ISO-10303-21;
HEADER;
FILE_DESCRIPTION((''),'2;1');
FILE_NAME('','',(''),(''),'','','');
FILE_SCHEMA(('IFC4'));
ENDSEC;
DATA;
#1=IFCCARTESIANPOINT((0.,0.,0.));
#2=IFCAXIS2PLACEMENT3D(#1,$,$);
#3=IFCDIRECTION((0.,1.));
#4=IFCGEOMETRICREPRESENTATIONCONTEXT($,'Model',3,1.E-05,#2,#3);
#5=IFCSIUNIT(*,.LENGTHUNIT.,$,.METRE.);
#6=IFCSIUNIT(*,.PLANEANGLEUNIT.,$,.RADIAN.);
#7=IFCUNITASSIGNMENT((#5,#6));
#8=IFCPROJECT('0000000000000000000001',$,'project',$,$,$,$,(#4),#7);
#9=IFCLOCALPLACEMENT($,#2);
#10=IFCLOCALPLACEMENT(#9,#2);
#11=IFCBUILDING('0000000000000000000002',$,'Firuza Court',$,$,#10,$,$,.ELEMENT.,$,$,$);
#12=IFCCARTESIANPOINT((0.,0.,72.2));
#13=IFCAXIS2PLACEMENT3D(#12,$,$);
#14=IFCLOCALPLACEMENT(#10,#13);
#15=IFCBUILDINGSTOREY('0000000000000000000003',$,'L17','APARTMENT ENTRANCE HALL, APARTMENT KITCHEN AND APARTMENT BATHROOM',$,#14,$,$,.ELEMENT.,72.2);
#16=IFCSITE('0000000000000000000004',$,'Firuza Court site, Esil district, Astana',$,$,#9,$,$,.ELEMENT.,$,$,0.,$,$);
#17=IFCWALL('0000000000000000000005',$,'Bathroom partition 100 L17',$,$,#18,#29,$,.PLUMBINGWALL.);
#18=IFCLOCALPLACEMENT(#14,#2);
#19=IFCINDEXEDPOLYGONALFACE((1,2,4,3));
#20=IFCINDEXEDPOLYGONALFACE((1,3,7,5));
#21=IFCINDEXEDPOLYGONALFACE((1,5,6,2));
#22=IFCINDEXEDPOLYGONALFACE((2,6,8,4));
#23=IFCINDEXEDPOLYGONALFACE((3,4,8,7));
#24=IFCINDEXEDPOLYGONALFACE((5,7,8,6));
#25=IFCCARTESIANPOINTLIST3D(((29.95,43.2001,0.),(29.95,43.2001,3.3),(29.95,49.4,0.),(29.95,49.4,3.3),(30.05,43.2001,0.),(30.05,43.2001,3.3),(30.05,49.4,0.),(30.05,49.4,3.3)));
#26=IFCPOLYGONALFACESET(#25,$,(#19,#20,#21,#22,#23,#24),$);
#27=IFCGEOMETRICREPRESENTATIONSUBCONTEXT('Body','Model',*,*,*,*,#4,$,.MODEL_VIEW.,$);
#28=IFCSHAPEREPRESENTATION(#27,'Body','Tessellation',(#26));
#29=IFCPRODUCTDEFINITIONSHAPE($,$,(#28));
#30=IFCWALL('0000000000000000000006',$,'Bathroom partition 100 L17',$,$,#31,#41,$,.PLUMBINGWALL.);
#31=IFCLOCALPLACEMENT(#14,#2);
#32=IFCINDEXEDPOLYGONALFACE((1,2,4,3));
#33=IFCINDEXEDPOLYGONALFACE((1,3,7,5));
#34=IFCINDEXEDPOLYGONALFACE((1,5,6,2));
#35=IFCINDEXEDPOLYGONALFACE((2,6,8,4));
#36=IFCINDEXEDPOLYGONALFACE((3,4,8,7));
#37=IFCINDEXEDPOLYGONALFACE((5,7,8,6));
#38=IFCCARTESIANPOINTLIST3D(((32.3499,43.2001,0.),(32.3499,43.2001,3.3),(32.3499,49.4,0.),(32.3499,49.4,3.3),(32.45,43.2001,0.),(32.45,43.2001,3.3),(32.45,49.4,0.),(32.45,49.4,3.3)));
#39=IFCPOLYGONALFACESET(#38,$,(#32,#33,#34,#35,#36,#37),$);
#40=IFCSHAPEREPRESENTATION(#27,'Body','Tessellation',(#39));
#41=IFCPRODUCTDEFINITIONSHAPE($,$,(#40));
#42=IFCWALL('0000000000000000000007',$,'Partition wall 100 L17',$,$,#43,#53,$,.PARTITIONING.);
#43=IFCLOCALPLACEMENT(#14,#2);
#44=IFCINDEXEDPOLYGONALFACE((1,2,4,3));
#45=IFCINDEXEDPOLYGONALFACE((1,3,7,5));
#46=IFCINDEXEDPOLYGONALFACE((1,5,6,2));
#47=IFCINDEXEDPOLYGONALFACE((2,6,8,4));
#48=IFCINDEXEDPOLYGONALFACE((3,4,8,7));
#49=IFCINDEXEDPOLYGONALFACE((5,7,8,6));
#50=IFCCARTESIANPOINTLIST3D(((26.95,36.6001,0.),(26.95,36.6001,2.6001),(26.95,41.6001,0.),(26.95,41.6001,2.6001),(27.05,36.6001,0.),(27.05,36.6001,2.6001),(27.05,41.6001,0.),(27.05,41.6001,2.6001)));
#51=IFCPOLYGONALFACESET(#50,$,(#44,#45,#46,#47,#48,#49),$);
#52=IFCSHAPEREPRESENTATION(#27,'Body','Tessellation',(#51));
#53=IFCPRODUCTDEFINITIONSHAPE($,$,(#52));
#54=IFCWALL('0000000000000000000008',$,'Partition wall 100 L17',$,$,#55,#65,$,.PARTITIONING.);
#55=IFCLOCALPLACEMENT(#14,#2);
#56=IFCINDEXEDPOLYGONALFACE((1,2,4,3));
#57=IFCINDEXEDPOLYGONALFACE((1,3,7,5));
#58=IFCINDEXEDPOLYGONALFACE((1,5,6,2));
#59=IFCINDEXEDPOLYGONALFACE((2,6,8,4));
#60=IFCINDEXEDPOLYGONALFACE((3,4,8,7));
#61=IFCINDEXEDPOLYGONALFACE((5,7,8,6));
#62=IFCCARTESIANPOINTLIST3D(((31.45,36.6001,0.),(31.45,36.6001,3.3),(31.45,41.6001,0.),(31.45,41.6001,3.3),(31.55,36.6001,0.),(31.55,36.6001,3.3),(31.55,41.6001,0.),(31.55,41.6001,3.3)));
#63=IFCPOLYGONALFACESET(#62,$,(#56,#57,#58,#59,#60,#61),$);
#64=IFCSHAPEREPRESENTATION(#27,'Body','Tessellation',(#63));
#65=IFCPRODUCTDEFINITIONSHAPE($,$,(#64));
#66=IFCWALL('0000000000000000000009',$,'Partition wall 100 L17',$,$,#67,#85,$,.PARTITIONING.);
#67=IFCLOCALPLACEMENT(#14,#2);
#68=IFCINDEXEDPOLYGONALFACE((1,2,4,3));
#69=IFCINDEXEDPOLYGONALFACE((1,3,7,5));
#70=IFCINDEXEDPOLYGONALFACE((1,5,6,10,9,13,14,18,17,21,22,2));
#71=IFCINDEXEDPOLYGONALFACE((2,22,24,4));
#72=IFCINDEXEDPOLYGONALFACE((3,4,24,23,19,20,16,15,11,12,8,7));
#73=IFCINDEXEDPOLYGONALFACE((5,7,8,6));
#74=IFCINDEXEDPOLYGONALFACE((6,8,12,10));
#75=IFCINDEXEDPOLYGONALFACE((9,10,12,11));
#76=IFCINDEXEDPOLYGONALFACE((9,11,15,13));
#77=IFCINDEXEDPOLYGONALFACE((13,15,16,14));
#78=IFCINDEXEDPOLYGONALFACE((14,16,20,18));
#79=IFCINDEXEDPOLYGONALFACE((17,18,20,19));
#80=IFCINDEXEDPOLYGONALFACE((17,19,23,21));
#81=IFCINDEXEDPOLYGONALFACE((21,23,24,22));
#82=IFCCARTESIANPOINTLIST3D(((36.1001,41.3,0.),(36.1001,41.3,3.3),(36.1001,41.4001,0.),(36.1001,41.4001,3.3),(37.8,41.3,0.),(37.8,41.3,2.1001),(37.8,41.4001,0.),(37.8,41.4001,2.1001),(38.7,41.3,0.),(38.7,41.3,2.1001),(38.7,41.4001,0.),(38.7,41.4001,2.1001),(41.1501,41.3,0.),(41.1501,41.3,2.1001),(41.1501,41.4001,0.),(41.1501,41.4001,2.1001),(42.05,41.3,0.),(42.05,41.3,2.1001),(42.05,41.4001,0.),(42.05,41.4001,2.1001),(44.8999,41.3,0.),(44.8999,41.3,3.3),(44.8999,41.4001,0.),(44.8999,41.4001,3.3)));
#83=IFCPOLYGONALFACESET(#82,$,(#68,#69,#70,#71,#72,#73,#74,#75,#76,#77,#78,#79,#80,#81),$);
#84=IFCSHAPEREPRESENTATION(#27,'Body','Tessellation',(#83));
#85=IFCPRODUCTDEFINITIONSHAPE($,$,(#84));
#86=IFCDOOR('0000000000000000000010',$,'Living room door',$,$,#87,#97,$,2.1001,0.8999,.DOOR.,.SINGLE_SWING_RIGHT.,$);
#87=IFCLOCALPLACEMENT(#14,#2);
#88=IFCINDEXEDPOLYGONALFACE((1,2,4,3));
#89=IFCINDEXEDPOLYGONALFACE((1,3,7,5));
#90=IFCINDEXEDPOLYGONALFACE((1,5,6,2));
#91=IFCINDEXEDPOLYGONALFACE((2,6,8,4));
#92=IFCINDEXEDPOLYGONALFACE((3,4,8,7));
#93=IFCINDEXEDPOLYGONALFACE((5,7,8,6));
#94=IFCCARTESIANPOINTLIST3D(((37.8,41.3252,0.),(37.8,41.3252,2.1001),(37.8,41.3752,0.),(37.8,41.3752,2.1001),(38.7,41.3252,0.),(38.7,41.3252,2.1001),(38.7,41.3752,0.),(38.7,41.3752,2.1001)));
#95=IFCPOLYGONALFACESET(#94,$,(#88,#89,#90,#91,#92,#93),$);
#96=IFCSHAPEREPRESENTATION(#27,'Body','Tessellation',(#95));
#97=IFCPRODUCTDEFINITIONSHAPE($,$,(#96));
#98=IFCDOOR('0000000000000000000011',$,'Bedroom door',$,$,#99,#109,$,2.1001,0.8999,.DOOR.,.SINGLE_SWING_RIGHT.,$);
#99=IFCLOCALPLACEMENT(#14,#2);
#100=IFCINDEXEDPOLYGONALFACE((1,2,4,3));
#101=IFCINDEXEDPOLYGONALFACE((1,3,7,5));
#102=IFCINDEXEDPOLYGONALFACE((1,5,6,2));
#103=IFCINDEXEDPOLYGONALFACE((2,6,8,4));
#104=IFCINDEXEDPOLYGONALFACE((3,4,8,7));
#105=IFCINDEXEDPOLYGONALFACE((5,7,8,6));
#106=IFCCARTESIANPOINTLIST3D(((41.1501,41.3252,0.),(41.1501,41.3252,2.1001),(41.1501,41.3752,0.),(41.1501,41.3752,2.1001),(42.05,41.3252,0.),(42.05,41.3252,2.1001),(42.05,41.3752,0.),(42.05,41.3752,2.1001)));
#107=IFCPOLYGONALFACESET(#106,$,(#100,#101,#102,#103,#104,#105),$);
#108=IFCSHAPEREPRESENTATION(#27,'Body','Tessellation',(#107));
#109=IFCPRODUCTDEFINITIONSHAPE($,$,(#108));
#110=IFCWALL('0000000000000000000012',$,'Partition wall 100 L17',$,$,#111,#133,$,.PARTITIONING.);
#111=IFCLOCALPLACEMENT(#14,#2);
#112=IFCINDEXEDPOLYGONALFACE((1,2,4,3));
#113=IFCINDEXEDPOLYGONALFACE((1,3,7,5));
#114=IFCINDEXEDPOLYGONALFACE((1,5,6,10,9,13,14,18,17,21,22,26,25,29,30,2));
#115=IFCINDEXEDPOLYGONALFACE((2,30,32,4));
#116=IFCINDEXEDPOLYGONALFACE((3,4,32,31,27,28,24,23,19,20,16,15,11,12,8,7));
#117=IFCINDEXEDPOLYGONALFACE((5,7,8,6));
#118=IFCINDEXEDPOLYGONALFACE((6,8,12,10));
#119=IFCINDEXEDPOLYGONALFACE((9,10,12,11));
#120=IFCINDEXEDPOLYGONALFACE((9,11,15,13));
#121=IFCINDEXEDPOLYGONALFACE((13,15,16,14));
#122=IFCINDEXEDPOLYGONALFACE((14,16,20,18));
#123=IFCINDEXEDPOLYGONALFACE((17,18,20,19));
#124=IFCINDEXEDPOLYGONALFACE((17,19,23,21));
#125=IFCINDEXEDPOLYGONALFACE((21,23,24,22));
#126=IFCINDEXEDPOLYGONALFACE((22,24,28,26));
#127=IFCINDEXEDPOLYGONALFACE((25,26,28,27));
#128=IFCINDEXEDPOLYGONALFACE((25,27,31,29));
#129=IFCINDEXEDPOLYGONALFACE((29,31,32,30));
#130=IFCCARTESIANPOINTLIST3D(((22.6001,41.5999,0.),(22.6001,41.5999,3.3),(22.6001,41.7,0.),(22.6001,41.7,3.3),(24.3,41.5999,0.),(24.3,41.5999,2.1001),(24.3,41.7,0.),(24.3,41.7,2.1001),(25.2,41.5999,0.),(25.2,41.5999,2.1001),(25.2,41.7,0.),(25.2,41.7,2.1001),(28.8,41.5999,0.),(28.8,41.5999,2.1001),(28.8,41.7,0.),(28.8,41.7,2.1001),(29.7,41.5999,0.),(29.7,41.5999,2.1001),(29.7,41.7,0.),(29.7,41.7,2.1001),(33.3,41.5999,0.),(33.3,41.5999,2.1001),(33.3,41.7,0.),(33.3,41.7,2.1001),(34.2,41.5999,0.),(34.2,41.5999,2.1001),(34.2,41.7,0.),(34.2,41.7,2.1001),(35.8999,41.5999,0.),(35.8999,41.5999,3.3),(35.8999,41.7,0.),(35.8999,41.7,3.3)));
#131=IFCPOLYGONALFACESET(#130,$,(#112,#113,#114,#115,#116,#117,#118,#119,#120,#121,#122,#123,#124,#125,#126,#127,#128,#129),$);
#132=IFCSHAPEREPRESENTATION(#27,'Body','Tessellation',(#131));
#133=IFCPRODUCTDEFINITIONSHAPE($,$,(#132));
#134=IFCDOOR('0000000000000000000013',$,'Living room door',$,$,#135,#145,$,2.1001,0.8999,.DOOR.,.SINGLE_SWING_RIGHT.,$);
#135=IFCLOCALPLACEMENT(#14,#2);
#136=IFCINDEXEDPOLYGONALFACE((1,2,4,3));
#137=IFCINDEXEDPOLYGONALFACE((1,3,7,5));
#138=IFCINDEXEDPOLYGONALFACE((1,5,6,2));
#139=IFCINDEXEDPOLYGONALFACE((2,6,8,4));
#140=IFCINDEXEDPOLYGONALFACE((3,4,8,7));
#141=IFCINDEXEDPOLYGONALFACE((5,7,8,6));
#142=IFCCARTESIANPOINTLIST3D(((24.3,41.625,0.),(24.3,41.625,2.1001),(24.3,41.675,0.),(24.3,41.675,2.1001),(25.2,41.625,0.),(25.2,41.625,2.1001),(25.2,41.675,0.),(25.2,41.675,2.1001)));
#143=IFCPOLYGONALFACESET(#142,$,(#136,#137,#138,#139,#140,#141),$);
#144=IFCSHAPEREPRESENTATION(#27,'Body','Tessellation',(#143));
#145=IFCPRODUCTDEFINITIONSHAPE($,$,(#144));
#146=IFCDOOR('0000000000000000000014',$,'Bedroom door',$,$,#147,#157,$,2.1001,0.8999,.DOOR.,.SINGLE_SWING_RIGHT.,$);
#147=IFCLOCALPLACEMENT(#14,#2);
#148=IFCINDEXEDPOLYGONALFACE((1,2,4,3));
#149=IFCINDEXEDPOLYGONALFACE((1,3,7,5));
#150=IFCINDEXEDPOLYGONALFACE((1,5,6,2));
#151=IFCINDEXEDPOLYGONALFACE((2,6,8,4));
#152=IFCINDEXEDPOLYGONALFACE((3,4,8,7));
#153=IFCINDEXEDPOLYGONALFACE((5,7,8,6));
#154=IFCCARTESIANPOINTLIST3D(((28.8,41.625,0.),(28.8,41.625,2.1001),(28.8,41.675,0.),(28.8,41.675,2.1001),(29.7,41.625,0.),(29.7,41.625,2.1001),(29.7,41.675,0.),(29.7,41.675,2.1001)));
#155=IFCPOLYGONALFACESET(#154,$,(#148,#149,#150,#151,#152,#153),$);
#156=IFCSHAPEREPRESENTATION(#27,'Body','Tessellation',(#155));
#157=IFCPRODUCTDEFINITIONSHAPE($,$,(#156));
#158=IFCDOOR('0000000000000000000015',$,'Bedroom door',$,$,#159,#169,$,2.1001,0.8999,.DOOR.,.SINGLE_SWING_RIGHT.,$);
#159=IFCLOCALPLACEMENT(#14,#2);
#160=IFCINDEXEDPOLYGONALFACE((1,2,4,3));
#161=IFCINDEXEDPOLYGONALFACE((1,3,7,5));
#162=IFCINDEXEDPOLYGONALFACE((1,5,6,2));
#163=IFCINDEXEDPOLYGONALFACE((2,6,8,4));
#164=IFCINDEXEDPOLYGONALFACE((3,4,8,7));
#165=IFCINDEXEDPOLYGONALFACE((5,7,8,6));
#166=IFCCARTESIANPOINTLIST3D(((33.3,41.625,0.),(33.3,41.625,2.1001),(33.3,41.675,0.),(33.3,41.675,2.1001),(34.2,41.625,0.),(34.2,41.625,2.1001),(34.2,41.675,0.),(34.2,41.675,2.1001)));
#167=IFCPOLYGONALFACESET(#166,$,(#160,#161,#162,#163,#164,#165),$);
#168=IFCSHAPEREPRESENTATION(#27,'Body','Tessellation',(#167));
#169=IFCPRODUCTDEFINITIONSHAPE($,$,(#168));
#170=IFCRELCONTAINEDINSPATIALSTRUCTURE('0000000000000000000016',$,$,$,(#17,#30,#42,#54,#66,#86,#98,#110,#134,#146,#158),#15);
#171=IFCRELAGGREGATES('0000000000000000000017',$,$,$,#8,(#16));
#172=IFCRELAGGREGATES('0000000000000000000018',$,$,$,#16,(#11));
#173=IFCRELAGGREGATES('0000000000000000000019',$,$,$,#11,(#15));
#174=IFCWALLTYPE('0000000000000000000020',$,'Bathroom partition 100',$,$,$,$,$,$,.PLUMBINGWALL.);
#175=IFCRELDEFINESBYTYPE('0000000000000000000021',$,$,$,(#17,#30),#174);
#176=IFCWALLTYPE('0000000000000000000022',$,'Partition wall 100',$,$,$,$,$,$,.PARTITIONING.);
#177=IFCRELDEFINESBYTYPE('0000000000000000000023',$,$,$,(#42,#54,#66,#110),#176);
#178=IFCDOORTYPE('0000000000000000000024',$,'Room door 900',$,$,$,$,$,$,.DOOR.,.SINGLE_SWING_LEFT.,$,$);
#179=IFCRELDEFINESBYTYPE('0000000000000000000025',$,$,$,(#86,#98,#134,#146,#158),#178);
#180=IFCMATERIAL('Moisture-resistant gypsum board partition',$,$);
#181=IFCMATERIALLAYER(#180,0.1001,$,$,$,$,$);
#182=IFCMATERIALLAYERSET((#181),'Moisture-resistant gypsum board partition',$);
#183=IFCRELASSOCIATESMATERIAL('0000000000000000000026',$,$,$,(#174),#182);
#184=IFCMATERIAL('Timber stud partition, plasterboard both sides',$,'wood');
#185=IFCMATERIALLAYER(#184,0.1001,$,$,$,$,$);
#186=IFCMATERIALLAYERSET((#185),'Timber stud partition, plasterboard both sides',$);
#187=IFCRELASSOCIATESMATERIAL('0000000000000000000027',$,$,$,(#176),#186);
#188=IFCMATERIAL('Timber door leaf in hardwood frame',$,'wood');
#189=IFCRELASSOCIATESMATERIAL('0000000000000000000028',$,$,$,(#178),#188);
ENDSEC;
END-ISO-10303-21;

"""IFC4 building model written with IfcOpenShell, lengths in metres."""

from ifc_helpers import new_model, si_unit, direction, frame, frame_2d, origin, place, context, subcontext, project, spatial, rectangle, extrude, material, layer, layer_set, type_object, element, fill, save


model = new_model("IFC4")

# Units and contexts
model_context = context("Model", 3, precision=1e-05, world=origin(), true_north=direction((0.0, 1.0)))
body_context = subcontext(model_context, "Body", "Model", "MODEL_VIEW")
ifc_project = project(units=[si_unit("LENGTHUNIT", "METRE"), si_unit("PLANEANGLEUNIT", "RADIAN")], contexts=[model_context])

# Site, building, storey
site_placement = place(None, origin())
site = spatial("IfcSite", under=ifc_project, at=site_placement, Name="Firuza Court site, Esil district, Astana", CompositionType="ELEMENT", RefElevation=0.0)
building_placement = place(site_placement, origin())
building = spatial("IfcBuilding", under=site, at=building_placement, Name="Firuza Court", CompositionType="ELEMENT")
storey_placement = place(building_placement, frame((0.0, 0.0, 72.2)))
storey = spatial("IfcBuildingStorey", under=building, at=storey_placement, Name="L17", Description="APARTMENT ENTRANCE HALL, APARTMENT KITCHEN AND APARTMENT BATHROOM", CompositionType="ELEMENT", Elevation=72.2)

# Walls
ifc_material_1 = material(Name="Moisture-resistant gypsum board partition")
ifc_layer_1 = layer(ifc_material_1, 0.1001)
ifc_layer_set_1 = layer_set([ifc_layer_1], Name="Moisture-resistant gypsum board partition")
wall_type_1 = type_object("IfcWallType", Name="Bathroom partition 100", PredefinedType="PLUMBINGWALL", material=ifc_layer_set_1)
for number, where, z_axis, x_axis, name in (
    (1, (30.0, 43.2, 0.0), (0.0, 0.0, 1.0), (0.0, 1.0, 0.0), "Bathroom partition 100 L17"),
    (2, (32.3999, 43.2, 0.0), (0.0, 0.0, 1.0), (0.0, 1.0, 0.0), "Bathroom partition 100 L17"),
):
    element("IfcWall", number, at=place(storey_placement, frame(where, z_axis=z_axis, x_axis=x_axis)), inside=storey, type_object=wall_type_1, Name=name, PredefinedType="PLUMBINGWALL", context=body_context, shape_type="SweptSolid", body=[
        extrude(rectangle(XDim=6.2, YDim=0.1001, at=frame_2d((3.1001, 0.0))), origin(), (0.0, 0.0, 1.0), 3.3),
    ])
ifc_material_2 = material(Name="Timber stud partition, plasterboard both sides", Category="wood")
ifc_layer_2 = layer(ifc_material_2, 0.1001)
ifc_layer_set_2 = layer_set([ifc_layer_2], Name="Timber stud partition, plasterboard both sides")
wall_type_2 = type_object("IfcWallType", Name="Partition wall 100", PredefinedType="PARTITIONING", material=ifc_layer_set_2)
wall_1_placement = place(storey_placement, frame((27.0, 36.6001, 0.0), z_axis=(0.0, 0.0, 1.0), x_axis=(0.0, 1.0, 0.0)))
element("IfcWall", 3, at=wall_1_placement, inside=storey, type_object=wall_type_2, Name="Partition wall 100 L17", PredefinedType="PARTITIONING", context=body_context, shape_type="SweptSolid", body=[
    extrude(rectangle(XDim=5.0, YDim=0.1001, at=frame_2d((2.5, 0.0))), origin(), (0.0, 0.0, 1.0), 2.6001),
])
wall_2_placement = place(storey_placement, frame((31.5, 36.6001, 0.0), z_axis=(0.0, 0.0, 1.0), x_axis=(0.0, 1.0, 0.0)))
element("IfcWall", 4, at=wall_2_placement, inside=storey, type_object=wall_type_2, Name="Partition wall 100 L17", PredefinedType="PARTITIONING", context=body_context, shape_type="SweptSolid", body=[
    extrude(rectangle(XDim=5.0, YDim=0.1001, at=frame_2d((2.5, 0.0))), origin(), (0.0, 0.0, 1.0), 3.3),
])

# Walls, openings, doors
wall_3_placement = place(storey_placement, frame((36.1001, 41.3501, 0.0), z_axis=(0.0, 0.0, 1.0), x_axis=(1.0, 0.0, 0.0)))
wall_3 = element("IfcWall", 5, at=wall_3_placement, inside=storey, type_object=wall_type_2, Name="Partition wall 100 L17", PredefinedType="PARTITIONING", context=body_context, shape_type="SweptSolid", body=[
    extrude(rectangle(XDim=8.7998, YDim=0.1001, at=frame_2d((4.3999, 0.0))), origin(), (0.0, 0.0, 1.0), 3.3),
])
opening_1_placement = place(wall_3_placement, frame((1.7, 0.0, 0.0)))
opening_1 = element("IfcOpeningElement", 6, at=opening_1_placement, cuts=wall_3, PredefinedType="OPENING", context=body_context, shape_type="SweptSolid", body=[
    extrude(rectangle(XDim=0.8999, YDim=2.1001, at=frame_2d((0.45, 1.05))), frame((0.0, 0.062, 0.0), z_axis=(0.0, -1.0, 0.0), x_axis=(1.0, 0.0, 0.0)), (0.0, 0.0, 1.0), 0.124),
])
opening_2_placement = place(wall_3_placement, frame((5.05, 0.0, 0.0)))
opening_2 = element("IfcOpeningElement", 7, at=opening_2_placement, cuts=wall_3, PredefinedType="OPENING", context=body_context, shape_type="SweptSolid", body=[
    extrude(rectangle(XDim=0.8999, YDim=2.1001, at=frame_2d((0.45, 1.05))), frame((0.0, 0.062, 0.0), z_axis=(0.0, -1.0, 0.0), x_axis=(1.0, 0.0, 0.0)), (0.0, 0.0, 1.0), 0.124),
])
ifc_material_3 = material(Name="Timber door leaf in hardwood frame", Category="wood")
door_type_1 = type_object("IfcDoorType", Name="Room door 900", OperationType="SINGLE_SWING_LEFT", PredefinedType="DOOR", material=ifc_material_3)
door_1_placement = place(opening_1_placement, frame((0.8999, 0.0, 0.0), z_axis=(0.0, 0.0, 1.0), x_axis=(-1.0, 0.0, 0.0)))
door_1 = element("IfcDoor", 8, at=door_1_placement, inside=storey, type_object=door_type_1, Name="Living room door", OperationType="SINGLE_SWING_RIGHT", OverallHeight=2.1001, OverallWidth=0.8999, PredefinedType="DOOR", context=body_context, shape_type="SweptSolid", body=[
    extrude(rectangle(XDim=0.8999, YDim=2.1001, at=frame_2d((0.45, 1.05))), frame((0.0, 0.0249, 0.0), z_axis=(0.0, -1.0, 0.0), x_axis=(1.0, 0.0, 0.0)), (0.0, 0.0, 1.0), 0.05),
])
fill(opening_1, door_1)
door_2_placement = place(opening_2_placement, frame((0.8999, 0.0, 0.0), z_axis=(0.0, 0.0, 1.0), x_axis=(-1.0, 0.0, 0.0)))
door_2 = element("IfcDoor", 9, at=door_2_placement, inside=storey, type_object=door_type_1, Name="Bedroom door", OperationType="SINGLE_SWING_RIGHT", OverallHeight=2.1001, OverallWidth=0.8999, PredefinedType="DOOR", context=body_context, shape_type="SweptSolid", body=[
    extrude(rectangle(XDim=0.8999, YDim=2.1001, at=frame_2d((0.45, 1.05))), frame((0.0, 0.0249, 0.0), z_axis=(0.0, -1.0, 0.0), x_axis=(1.0, 0.0, 0.0)), (0.0, 0.0, 1.0), 0.05),
])
fill(opening_2, door_2)
wall_4_placement = place(storey_placement, frame((22.6001, 41.6499, 0.0), z_axis=(0.0, 0.0, 1.0), x_axis=(1.0, 0.0, 0.0)))
wall_4 = element("IfcWall", 10, at=wall_4_placement, inside=storey, type_object=wall_type_2, Name="Partition wall 100 L17", PredefinedType="PARTITIONING", context=body_context, shape_type="SweptSolid", body=[
    extrude(rectangle(XDim=13.2998, YDim=0.1001, at=frame_2d((6.6499, 0.0))), origin(), (0.0, 0.0, 1.0), 3.3),
])
opening_3_placement = place(wall_4_placement, frame((1.7, 0.0, 0.0)))
opening_3 = element("IfcOpeningElement", 11, at=opening_3_placement, cuts=wall_4, PredefinedType="OPENING", context=body_context, shape_type="SweptSolid", body=[
    extrude(rectangle(XDim=0.8999, YDim=2.1001, at=frame_2d((0.45, 1.05))), frame((0.0, 0.062, 0.0), z_axis=(0.0, -1.0, 0.0), x_axis=(1.0, 0.0, 0.0)), (0.0, 0.0, 1.0), 0.124),
])
opening_4_placement = place(wall_4_placement, frame((6.2, 0.0, 0.0)))
opening_4 = element("IfcOpeningElement", 12, at=opening_4_placement, cuts=wall_4, PredefinedType="OPENING", context=body_context, shape_type="SweptSolid", body=[
    extrude(rectangle(XDim=0.8999, YDim=2.1001, at=frame_2d((0.45, 1.05))), frame((0.0, 0.062, 0.0), z_axis=(0.0, -1.0, 0.0), x_axis=(1.0, 0.0, 0.0)), (0.0, 0.0, 1.0), 0.124),
])
opening_5_placement = place(wall_4_placement, frame((10.7, 0.0, 0.0)))
opening_5 = element("IfcOpeningElement", 13, at=opening_5_placement, cuts=wall_4, PredefinedType="OPENING", context=body_context, shape_type="SweptSolid", body=[
    extrude(rectangle(XDim=0.8999, YDim=2.1001, at=frame_2d((0.45, 1.05))), frame((0.0, 0.062, 0.0), z_axis=(0.0, -1.0, 0.0), x_axis=(1.0, 0.0, 0.0)), (0.0, 0.0, 1.0), 0.124),
])
door_3_placement = place(opening_3_placement, frame((0.8999, 0.0, 0.0), z_axis=(0.0, 0.0, 1.0), x_axis=(-1.0, 0.0, 0.0)))
door_3 = element("IfcDoor", 14, at=door_3_placement, inside=storey, type_object=door_type_1, Name="Living room door", OperationType="SINGLE_SWING_RIGHT", OverallHeight=2.1001, OverallWidth=0.8999, PredefinedType="DOOR", context=body_context, shape_type="SweptSolid", body=[
    extrude(rectangle(XDim=0.8999, YDim=2.1001, at=frame_2d((0.45, 1.05))), frame((0.0, 0.0249, 0.0), z_axis=(0.0, -1.0, 0.0), x_axis=(1.0, 0.0, 0.0)), (0.0, 0.0, 1.0), 0.05),
])
fill(opening_3, door_3)
door_4_placement = place(opening_4_placement, frame((0.8999, 0.0, 0.0), z_axis=(0.0, 0.0, 1.0), x_axis=(-1.0, 0.0, 0.0)))
door_4 = element("IfcDoor", 15, at=door_4_placement, inside=storey, type_object=door_type_1, Name="Bedroom door", OperationType="SINGLE_SWING_RIGHT", OverallHeight=2.1001, OverallWidth=0.8999, PredefinedType="DOOR", context=body_context, shape_type="SweptSolid", body=[
    extrude(rectangle(XDim=0.8999, YDim=2.1001, at=frame_2d((0.45, 1.05))), frame((0.0, 0.0249, 0.0), z_axis=(0.0, -1.0, 0.0), x_axis=(1.0, 0.0, 0.0)), (0.0, 0.0, 1.0), 0.05),
])
fill(opening_4, door_4)
door_5_placement = place(opening_5_placement, frame((0.8999, 0.0, 0.0), z_axis=(0.0, 0.0, 1.0), x_axis=(-1.0, 0.0, 0.0)))
door_5 = element("IfcDoor", 16, at=door_5_placement, inside=storey, type_object=door_type_1, Name="Bedroom door", OperationType="SINGLE_SWING_RIGHT", OverallHeight=2.1001, OverallWidth=0.8999, PredefinedType="DOOR", context=body_context, shape_type="SweptSolid", body=[
    extrude(rectangle(XDim=0.8999, YDim=2.1001, at=frame_2d((0.45, 1.05))), frame((0.0, 0.0249, 0.0), z_axis=(0.0, -1.0, 0.0), x_axis=(1.0, 0.0, 0.0)), (0.0, 0.0, 1.0), 0.05),
])
fill(opening_5, door_5)

save(model, "model.ifc")
